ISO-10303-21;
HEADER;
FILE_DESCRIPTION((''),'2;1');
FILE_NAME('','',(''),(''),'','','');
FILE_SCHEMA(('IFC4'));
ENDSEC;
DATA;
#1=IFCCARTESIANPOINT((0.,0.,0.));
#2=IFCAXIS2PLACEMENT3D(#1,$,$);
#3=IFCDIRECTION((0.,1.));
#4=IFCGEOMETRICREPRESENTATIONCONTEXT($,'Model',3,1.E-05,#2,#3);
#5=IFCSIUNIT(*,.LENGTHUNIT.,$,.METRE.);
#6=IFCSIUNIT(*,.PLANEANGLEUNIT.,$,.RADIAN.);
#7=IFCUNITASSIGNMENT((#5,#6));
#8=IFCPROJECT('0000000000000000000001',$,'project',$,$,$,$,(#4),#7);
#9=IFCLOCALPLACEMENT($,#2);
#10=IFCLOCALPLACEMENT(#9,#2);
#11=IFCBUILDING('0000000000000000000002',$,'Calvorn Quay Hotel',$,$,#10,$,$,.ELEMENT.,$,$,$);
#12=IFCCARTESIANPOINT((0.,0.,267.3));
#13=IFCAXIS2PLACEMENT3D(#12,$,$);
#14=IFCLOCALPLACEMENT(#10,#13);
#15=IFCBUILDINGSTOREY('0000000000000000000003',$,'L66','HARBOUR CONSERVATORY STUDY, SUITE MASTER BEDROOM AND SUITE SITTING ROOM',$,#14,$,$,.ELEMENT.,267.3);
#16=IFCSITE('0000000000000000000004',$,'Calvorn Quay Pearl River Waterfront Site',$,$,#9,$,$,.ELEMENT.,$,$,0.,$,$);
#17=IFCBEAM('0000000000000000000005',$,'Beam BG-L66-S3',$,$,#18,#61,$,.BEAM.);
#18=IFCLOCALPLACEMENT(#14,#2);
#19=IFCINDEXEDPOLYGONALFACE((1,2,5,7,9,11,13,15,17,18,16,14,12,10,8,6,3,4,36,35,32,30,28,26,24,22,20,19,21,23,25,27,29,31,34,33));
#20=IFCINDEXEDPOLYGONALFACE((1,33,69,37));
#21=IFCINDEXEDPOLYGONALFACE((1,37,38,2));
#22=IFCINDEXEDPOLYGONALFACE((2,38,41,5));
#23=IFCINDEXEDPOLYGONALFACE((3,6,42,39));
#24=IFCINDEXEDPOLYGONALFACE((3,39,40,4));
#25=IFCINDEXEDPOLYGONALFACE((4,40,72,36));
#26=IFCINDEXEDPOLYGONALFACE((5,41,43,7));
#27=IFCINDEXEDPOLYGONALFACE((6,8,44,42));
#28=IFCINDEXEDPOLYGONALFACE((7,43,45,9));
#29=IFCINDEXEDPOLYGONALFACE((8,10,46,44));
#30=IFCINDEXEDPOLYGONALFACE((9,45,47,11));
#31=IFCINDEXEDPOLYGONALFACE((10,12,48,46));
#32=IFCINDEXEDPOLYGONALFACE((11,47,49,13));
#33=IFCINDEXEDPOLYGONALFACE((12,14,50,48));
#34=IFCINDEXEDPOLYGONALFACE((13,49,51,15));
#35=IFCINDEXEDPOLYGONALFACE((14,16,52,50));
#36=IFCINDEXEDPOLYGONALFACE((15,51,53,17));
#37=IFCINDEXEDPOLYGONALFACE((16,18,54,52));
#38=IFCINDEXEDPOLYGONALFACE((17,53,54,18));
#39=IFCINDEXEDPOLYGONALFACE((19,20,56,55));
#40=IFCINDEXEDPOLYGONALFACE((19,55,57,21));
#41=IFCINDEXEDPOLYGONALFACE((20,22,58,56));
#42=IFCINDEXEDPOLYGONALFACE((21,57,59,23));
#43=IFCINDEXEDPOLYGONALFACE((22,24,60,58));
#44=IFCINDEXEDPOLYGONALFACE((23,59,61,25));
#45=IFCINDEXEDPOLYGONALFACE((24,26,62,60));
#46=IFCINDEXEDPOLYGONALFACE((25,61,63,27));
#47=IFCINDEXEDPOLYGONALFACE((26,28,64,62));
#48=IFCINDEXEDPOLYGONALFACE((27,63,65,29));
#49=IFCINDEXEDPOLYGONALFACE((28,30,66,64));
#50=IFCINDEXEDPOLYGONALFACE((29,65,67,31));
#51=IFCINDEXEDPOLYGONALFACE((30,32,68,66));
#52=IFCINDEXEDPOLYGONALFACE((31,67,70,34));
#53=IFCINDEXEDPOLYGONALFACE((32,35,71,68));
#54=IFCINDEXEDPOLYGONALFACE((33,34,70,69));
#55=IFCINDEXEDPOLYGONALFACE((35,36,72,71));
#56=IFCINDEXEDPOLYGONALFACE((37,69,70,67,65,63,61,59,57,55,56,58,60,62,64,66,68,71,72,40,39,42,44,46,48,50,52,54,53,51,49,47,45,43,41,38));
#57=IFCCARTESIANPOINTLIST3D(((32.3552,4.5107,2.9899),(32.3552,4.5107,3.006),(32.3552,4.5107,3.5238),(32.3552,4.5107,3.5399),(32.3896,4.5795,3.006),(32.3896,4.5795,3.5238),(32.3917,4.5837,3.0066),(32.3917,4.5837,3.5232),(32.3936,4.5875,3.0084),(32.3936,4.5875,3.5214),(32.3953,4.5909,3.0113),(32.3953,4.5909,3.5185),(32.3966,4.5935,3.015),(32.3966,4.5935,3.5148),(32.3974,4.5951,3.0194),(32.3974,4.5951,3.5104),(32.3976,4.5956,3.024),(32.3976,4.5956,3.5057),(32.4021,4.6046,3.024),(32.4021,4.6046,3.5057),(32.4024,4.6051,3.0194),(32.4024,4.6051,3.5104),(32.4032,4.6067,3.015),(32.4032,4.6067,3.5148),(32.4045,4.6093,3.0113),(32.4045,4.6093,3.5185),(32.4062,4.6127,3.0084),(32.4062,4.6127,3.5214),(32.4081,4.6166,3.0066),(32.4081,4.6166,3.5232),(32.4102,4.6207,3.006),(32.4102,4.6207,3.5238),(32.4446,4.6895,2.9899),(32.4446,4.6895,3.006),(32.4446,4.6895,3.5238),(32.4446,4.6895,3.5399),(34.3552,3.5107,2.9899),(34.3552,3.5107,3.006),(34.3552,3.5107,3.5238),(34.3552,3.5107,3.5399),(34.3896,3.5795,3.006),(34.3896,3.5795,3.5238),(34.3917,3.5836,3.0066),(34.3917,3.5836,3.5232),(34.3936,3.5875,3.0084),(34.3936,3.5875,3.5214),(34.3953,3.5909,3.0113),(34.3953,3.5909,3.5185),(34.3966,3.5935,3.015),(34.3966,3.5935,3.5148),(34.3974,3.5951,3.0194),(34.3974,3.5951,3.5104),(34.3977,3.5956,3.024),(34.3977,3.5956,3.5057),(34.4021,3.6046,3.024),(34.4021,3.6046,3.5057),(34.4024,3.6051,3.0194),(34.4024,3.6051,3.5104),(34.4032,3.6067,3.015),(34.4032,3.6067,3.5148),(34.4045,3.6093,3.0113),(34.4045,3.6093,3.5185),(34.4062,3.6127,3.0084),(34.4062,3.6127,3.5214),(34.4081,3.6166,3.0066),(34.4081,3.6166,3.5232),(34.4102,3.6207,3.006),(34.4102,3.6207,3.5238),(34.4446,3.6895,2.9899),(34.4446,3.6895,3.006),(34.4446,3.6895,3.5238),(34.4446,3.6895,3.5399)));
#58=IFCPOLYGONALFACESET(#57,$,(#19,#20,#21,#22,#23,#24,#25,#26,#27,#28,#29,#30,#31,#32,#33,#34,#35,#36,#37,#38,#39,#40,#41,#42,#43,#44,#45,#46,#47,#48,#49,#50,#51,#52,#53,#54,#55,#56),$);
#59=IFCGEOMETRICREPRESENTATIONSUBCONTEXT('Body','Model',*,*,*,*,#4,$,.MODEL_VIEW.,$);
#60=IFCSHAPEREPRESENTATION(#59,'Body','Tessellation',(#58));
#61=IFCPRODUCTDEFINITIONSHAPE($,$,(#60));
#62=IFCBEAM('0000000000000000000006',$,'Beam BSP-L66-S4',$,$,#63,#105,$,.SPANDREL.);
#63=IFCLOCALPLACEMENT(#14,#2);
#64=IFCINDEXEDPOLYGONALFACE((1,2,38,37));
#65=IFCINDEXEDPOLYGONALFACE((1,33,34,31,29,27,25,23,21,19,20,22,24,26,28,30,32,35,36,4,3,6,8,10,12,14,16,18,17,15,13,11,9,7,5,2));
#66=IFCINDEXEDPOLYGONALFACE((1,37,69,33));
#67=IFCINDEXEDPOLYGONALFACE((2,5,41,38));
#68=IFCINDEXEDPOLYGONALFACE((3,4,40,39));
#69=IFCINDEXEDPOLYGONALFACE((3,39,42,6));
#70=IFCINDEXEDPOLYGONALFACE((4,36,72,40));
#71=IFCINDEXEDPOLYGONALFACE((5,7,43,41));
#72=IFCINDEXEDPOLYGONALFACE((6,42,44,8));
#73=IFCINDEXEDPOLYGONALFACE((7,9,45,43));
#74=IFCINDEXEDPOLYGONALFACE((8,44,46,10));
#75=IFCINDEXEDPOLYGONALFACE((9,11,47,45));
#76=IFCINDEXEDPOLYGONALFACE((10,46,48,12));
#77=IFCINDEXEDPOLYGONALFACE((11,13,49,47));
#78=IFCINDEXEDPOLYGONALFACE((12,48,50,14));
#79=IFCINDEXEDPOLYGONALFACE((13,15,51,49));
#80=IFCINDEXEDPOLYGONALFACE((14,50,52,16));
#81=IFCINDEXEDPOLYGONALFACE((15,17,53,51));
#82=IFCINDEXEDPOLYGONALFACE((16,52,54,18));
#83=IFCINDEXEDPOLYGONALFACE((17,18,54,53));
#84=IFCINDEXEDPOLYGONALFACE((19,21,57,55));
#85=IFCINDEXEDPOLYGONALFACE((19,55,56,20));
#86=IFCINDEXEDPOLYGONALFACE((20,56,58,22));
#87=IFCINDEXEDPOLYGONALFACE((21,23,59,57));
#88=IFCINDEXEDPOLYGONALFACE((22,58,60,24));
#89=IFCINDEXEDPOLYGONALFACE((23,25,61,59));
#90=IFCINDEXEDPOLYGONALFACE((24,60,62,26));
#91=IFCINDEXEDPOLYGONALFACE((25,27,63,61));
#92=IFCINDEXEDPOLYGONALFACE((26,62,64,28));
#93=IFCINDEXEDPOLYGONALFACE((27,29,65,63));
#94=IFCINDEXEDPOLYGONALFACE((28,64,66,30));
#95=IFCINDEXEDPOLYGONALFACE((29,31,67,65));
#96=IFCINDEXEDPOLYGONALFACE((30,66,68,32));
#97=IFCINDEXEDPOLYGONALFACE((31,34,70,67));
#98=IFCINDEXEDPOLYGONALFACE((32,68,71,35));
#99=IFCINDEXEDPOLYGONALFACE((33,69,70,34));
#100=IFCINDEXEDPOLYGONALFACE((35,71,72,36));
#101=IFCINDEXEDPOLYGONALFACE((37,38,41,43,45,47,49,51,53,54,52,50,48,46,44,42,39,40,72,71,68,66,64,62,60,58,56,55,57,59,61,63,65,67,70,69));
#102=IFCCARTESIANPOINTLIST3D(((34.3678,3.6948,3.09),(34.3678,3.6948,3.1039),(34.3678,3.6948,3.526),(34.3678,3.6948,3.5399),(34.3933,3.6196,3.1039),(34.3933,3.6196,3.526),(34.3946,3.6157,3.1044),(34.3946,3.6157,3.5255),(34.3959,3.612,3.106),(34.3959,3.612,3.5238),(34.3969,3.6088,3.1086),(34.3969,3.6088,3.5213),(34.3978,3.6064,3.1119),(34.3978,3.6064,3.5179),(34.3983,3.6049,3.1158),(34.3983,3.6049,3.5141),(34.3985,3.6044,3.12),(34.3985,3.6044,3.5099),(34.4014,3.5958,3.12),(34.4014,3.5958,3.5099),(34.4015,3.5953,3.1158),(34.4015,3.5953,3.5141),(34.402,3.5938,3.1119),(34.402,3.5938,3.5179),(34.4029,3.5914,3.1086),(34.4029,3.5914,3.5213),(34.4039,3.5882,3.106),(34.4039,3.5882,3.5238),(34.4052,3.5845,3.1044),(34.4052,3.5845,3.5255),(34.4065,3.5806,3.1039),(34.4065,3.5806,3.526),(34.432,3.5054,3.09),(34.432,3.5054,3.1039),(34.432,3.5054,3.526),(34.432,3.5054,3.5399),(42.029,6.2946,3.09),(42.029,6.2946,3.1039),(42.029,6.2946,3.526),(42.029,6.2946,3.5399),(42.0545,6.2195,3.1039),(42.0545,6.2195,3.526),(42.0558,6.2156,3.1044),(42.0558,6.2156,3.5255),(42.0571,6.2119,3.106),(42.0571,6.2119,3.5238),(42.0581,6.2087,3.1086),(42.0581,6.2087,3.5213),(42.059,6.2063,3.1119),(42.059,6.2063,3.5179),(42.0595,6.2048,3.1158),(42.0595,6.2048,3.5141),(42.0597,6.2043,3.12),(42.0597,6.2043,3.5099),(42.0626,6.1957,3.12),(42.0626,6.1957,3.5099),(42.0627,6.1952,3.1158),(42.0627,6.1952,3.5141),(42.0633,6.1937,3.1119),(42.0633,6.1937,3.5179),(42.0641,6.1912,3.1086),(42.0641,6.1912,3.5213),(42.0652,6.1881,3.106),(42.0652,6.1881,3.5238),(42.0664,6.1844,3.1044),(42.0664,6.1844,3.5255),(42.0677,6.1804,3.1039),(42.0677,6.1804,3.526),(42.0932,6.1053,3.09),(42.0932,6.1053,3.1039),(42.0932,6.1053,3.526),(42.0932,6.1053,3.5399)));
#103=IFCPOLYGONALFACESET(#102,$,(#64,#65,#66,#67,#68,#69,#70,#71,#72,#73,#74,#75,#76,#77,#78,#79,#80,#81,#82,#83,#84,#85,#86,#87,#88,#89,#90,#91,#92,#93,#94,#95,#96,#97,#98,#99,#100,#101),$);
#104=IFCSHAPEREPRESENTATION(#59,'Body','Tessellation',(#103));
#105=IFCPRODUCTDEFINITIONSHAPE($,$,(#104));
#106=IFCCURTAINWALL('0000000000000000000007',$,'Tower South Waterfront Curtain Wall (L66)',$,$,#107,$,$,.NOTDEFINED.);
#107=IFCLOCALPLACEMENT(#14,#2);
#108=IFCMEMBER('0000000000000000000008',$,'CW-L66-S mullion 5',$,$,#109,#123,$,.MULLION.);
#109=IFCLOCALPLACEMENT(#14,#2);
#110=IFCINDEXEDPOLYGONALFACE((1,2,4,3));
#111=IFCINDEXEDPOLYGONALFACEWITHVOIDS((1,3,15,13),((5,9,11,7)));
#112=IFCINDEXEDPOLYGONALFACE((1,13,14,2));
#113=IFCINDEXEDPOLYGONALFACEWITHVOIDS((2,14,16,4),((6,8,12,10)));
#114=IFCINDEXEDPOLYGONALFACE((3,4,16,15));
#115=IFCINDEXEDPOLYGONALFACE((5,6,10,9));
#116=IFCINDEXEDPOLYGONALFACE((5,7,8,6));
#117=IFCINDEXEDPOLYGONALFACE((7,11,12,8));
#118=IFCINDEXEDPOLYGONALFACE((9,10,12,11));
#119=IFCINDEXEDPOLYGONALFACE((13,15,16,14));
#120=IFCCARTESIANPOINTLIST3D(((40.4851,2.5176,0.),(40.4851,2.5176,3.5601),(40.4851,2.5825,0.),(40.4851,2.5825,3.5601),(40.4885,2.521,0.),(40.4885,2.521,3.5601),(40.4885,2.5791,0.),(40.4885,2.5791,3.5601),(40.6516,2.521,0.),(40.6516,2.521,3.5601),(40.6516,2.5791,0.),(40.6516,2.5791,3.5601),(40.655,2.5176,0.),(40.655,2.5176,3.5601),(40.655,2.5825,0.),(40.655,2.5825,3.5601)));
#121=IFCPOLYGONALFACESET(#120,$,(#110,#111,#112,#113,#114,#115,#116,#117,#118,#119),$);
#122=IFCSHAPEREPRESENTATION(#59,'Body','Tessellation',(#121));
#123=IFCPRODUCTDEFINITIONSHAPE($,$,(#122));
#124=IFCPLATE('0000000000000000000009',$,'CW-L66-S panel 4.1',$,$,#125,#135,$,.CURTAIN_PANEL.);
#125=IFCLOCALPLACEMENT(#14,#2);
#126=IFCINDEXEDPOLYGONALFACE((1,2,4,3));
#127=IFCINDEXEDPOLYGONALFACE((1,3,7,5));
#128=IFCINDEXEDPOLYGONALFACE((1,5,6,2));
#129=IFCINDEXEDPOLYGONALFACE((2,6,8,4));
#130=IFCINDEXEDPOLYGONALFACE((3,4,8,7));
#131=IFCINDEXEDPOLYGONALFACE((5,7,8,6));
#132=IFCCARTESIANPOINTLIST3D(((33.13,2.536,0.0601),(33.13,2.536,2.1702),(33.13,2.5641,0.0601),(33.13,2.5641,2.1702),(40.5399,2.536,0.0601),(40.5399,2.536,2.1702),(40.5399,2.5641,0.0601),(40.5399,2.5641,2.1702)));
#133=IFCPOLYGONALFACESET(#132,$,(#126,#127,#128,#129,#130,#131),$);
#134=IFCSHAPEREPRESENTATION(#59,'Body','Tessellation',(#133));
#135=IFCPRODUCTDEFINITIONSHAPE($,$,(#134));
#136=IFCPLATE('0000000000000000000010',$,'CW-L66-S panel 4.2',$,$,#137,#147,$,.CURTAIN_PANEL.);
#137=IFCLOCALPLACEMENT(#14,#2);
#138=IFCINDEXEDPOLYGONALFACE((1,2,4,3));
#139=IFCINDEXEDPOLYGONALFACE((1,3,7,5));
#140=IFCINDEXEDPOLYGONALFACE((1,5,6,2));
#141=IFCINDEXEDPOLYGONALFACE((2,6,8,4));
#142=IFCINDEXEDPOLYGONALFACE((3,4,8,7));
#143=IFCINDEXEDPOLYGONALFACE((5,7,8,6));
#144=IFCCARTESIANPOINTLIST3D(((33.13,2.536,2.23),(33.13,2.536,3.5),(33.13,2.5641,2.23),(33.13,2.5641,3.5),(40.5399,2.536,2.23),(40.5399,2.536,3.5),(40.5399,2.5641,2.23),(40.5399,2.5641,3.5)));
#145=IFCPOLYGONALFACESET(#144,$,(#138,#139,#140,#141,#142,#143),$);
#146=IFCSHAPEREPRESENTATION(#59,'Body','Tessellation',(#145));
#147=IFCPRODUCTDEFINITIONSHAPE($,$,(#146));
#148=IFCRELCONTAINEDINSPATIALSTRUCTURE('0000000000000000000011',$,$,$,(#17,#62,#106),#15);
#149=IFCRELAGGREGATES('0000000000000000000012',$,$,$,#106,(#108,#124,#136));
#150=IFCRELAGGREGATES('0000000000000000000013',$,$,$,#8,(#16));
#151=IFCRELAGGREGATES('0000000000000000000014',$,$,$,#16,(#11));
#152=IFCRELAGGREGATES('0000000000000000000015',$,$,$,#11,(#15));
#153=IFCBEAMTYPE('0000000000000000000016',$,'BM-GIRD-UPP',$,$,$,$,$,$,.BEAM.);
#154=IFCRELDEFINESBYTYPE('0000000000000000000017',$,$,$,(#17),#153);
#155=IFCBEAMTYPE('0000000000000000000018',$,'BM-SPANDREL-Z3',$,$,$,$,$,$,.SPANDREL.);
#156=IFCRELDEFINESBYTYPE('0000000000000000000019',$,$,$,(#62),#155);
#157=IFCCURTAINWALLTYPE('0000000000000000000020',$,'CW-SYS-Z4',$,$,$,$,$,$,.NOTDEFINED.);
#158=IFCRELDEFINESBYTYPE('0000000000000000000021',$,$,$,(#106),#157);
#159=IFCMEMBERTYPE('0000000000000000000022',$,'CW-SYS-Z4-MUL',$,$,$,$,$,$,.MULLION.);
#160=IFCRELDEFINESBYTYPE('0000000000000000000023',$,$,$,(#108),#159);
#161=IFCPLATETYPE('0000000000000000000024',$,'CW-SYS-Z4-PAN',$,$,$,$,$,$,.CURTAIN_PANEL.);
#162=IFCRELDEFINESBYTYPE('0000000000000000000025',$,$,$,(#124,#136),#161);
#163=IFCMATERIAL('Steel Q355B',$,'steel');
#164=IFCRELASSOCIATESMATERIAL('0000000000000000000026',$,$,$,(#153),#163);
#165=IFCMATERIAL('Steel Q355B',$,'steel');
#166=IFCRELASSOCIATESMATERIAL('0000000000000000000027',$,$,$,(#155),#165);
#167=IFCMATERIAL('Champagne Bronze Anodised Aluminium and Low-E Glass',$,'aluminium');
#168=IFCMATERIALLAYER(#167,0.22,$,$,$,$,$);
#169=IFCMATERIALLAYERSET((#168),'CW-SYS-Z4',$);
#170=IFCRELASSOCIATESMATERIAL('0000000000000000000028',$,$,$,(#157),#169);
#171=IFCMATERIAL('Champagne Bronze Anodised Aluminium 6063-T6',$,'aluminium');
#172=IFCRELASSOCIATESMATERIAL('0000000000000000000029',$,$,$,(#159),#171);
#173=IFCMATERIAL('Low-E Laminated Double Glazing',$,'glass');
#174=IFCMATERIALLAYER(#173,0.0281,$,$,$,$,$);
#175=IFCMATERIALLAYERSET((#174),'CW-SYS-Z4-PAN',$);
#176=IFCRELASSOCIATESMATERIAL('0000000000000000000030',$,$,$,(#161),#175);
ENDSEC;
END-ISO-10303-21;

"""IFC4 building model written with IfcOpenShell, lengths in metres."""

from ifc_helpers import new_model, si_unit, direction, frame, origin, origin_2d, place, context, subcontext, project, spatial, rectangle, hollow_rectangle, i_section, extrude, material, layer, layer_set, material_profile, profile_set, type_object, element, aggregate, save


model = new_model("IFC4")

# Units and contexts
model_context = context("Model", 3, precision=1e-05, world=origin(), true_north=direction((0.0, 1.0)))
body_context = subcontext(model_context, "Body", "Model", "MODEL_VIEW")
ifc_project = project(units=[si_unit("LENGTHUNIT", "METRE"), si_unit("PLANEANGLEUNIT", "RADIAN")], contexts=[model_context])

# Site, building, storey
site_placement = place(None, origin())
site = spatial("IfcSite", under=ifc_project, at=site_placement, Name="Calvorn Quay Pearl River Waterfront Site", CompositionType="ELEMENT", RefElevation=0.0)
building_placement = place(site_placement, origin())
building = spatial("IfcBuilding", under=site, at=building_placement, Name="Calvorn Quay Hotel", CompositionType="ELEMENT")
storey_placement = place(building_placement, frame((0.0, 0.0, 267.3)))
storey = spatial("IfcBuildingStorey", under=building, at=storey_placement, Name="L66", Description="HARBOUR CONSERVATORY STUDY, SUITE MASTER BEDROOM AND SUITE SITTING ROOM", CompositionType="ELEMENT", Elevation=267.3)

# Beams
ifc_material_1 = material(Name="Steel Q355B", Category="steel")
ifc_material_profile_1 = material_profile(ifc_material_1, i_section(OverallWidth=0.2, OverallDepth=0.55, WebThickness=0.01, FlangeThickness=0.0161, FilletRadius=0.0181, at=origin_2d()), Name="HN550x200x10x16")
ifc_profile_set_1 = profile_set([ifc_material_profile_1], Name="Steel Q355B")
beam_type_1 = type_object("IfcBeamType", Name="BM-GIRD-UPP", PredefinedType="BEAM", material=ifc_profile_set_1)
beam_1_placement = place(storey_placement, frame((34.3999, 3.6001, 3.2649), z_axis=(-0.894427, 0.447214, 0.0), x_axis=(-0.447214, -0.894427, 0.0)))
element("IfcBeam", 1, at=beam_1_placement, inside=storey, type_object=beam_type_1, Name="Beam BG-L66-S3", PredefinedType="BEAM", context=body_context, shape_type="SweptSolid", body=[
    extrude(i_section(OverallWidth=0.2, OverallDepth=0.55, WebThickness=0.01, FlangeThickness=0.0161, FilletRadius=0.0181, at=origin_2d()), origin(), (0.0, 0.0, 1.0), 2.2361),
])
ifc_material_2 = material(Name="Steel Q355B", Category="steel")
ifc_material_profile_2 = material_profile(ifc_material_2, i_section(OverallWidth=0.2, OverallDepth=0.45, WebThickness=0.009, FlangeThickness=0.0139, FilletRadius=0.0161, at=origin_2d()), Name="HN450x200x9x14")
ifc_profile_set_2 = profile_set([ifc_material_profile_2], Name="Steel Q355B")
beam_type_2 = type_object("IfcBeamType", Name="BM-SPANDREL-Z3", PredefinedType="SPANDREL", material=ifc_profile_set_2)
beam_2_placement = place(storey_placement, frame((34.3999, 3.6001, 3.3149), z_axis=(0.946958, 0.321356, 0.0), x_axis=(-0.321356, 0.946958, 0.0)))
element("IfcBeam", 2, at=beam_2_placement, inside=storey, type_object=beam_type_2, Name="Beam BSP-L66-S4", PredefinedType="SPANDREL", context=body_context, shape_type="SweptSolid", body=[
    extrude(i_section(OverallWidth=0.2, OverallDepth=0.45, WebThickness=0.009, FlangeThickness=0.0139, FilletRadius=0.0161, at=origin_2d()), origin(), (0.0, 0.0, 1.0), 8.0903),
])

# Curtain wall, member, plates
ifc_material_3 = material(Name="Champagne Bronze Anodised Aluminium and Low-E Glass", Category="aluminium")
ifc_layer_1 = layer(ifc_material_3, 0.22)
ifc_layer_set_1 = layer_set([ifc_layer_1], Name="CW-SYS-Z4")
curtain_wall_type = type_object("IfcCurtainWallType", Name="CW-SYS-Z4", PredefinedType="NOTDEFINED", material=ifc_layer_set_1)
curtain_wall_placement = place(storey_placement, origin())
curtain_wall = element("IfcCurtainWall", 3, at=curtain_wall_placement, inside=storey, type_object=curtain_wall_type, Name="Tower South Waterfront Curtain Wall (L66)", PredefinedType="NOTDEFINED")
ifc_material_4 = material(Name="Champagne Bronze Anodised Aluminium 6063-T6", Category="aluminium")
ifc_material_profile_3 = material_profile(ifc_material_4, hollow_rectangle(XDim=0.0649, YDim=0.1699, WallThickness=0.0034, at=origin_2d()), Name="ALU-M170x65x3.5")
ifc_profile_set_3 = profile_set([ifc_material_profile_3], Name="Champagne Bronze Anodised Aluminium 6063-T6")
member_type = type_object("IfcMemberType", Name="CW-SYS-Z4-MUL", PredefinedType="MULLION", material=ifc_profile_set_3)
member_placement = place(storey_placement, frame((40.5701, 2.55, 0.0), z_axis=(0.0, 0.0, 1.0), x_axis=(0.0, 1.0, 0.0)))
member = element("IfcMember", 4, at=member_placement, type_object=member_type, Name="CW-L66-S mullion 5", PredefinedType="MULLION", context=body_context, shape_type="SweptSolid", body=[
    extrude(hollow_rectangle(XDim=0.0649, YDim=0.1699, WallThickness=0.0034, at=origin_2d()), origin(), (0.0, 0.0, 1.0), 3.5601),
])
ifc_material_5 = material(Name="Low-E Laminated Double Glazing", Category="glass")
ifc_layer_2 = layer(ifc_material_5, 0.0281)
ifc_layer_set_2 = layer_set([ifc_layer_2], Name="CW-SYS-Z4-PAN")
plate_type = type_object("IfcPlateType", Name="CW-SYS-Z4-PAN", PredefinedType="CURTAIN_PANEL", material=ifc_layer_set_2)
plate_1_placement = place(storey_placement, frame((36.835, 2.55, 0.0601), z_axis=(0.0, 0.0, 1.0), x_axis=(1.0, 0.0, 0.0)))
plate_1 = element("IfcPlate", 5, at=plate_1_placement, type_object=plate_type, Name="CW-L66-S panel 4.1", PredefinedType="CURTAIN_PANEL", context=body_context, shape_type="SweptSolid", body=[
    extrude(rectangle(XDim=7.4099, YDim=0.0281, at=origin_2d()), origin(), (0.0, 0.0, 1.0), 2.1101),
])
plate_2_placement = place(storey_placement, frame((36.835, 2.55, 2.23), z_axis=(0.0, 0.0, 1.0), x_axis=(1.0, 0.0, 0.0)))
plate_2 = element("IfcPlate", 6, at=plate_2_placement, type_object=plate_type, Name="CW-L66-S panel 4.2", PredefinedType="CURTAIN_PANEL", context=body_context, shape_type="SweptSolid", body=[
    extrude(rectangle(XDim=7.4099, YDim=0.0281, at=origin_2d()), origin(), (0.0, 0.0, 1.0), 1.27),
])
aggregate(curtain_wall, [member, plate_1, plate_2])

save(model, "model.ifc")
